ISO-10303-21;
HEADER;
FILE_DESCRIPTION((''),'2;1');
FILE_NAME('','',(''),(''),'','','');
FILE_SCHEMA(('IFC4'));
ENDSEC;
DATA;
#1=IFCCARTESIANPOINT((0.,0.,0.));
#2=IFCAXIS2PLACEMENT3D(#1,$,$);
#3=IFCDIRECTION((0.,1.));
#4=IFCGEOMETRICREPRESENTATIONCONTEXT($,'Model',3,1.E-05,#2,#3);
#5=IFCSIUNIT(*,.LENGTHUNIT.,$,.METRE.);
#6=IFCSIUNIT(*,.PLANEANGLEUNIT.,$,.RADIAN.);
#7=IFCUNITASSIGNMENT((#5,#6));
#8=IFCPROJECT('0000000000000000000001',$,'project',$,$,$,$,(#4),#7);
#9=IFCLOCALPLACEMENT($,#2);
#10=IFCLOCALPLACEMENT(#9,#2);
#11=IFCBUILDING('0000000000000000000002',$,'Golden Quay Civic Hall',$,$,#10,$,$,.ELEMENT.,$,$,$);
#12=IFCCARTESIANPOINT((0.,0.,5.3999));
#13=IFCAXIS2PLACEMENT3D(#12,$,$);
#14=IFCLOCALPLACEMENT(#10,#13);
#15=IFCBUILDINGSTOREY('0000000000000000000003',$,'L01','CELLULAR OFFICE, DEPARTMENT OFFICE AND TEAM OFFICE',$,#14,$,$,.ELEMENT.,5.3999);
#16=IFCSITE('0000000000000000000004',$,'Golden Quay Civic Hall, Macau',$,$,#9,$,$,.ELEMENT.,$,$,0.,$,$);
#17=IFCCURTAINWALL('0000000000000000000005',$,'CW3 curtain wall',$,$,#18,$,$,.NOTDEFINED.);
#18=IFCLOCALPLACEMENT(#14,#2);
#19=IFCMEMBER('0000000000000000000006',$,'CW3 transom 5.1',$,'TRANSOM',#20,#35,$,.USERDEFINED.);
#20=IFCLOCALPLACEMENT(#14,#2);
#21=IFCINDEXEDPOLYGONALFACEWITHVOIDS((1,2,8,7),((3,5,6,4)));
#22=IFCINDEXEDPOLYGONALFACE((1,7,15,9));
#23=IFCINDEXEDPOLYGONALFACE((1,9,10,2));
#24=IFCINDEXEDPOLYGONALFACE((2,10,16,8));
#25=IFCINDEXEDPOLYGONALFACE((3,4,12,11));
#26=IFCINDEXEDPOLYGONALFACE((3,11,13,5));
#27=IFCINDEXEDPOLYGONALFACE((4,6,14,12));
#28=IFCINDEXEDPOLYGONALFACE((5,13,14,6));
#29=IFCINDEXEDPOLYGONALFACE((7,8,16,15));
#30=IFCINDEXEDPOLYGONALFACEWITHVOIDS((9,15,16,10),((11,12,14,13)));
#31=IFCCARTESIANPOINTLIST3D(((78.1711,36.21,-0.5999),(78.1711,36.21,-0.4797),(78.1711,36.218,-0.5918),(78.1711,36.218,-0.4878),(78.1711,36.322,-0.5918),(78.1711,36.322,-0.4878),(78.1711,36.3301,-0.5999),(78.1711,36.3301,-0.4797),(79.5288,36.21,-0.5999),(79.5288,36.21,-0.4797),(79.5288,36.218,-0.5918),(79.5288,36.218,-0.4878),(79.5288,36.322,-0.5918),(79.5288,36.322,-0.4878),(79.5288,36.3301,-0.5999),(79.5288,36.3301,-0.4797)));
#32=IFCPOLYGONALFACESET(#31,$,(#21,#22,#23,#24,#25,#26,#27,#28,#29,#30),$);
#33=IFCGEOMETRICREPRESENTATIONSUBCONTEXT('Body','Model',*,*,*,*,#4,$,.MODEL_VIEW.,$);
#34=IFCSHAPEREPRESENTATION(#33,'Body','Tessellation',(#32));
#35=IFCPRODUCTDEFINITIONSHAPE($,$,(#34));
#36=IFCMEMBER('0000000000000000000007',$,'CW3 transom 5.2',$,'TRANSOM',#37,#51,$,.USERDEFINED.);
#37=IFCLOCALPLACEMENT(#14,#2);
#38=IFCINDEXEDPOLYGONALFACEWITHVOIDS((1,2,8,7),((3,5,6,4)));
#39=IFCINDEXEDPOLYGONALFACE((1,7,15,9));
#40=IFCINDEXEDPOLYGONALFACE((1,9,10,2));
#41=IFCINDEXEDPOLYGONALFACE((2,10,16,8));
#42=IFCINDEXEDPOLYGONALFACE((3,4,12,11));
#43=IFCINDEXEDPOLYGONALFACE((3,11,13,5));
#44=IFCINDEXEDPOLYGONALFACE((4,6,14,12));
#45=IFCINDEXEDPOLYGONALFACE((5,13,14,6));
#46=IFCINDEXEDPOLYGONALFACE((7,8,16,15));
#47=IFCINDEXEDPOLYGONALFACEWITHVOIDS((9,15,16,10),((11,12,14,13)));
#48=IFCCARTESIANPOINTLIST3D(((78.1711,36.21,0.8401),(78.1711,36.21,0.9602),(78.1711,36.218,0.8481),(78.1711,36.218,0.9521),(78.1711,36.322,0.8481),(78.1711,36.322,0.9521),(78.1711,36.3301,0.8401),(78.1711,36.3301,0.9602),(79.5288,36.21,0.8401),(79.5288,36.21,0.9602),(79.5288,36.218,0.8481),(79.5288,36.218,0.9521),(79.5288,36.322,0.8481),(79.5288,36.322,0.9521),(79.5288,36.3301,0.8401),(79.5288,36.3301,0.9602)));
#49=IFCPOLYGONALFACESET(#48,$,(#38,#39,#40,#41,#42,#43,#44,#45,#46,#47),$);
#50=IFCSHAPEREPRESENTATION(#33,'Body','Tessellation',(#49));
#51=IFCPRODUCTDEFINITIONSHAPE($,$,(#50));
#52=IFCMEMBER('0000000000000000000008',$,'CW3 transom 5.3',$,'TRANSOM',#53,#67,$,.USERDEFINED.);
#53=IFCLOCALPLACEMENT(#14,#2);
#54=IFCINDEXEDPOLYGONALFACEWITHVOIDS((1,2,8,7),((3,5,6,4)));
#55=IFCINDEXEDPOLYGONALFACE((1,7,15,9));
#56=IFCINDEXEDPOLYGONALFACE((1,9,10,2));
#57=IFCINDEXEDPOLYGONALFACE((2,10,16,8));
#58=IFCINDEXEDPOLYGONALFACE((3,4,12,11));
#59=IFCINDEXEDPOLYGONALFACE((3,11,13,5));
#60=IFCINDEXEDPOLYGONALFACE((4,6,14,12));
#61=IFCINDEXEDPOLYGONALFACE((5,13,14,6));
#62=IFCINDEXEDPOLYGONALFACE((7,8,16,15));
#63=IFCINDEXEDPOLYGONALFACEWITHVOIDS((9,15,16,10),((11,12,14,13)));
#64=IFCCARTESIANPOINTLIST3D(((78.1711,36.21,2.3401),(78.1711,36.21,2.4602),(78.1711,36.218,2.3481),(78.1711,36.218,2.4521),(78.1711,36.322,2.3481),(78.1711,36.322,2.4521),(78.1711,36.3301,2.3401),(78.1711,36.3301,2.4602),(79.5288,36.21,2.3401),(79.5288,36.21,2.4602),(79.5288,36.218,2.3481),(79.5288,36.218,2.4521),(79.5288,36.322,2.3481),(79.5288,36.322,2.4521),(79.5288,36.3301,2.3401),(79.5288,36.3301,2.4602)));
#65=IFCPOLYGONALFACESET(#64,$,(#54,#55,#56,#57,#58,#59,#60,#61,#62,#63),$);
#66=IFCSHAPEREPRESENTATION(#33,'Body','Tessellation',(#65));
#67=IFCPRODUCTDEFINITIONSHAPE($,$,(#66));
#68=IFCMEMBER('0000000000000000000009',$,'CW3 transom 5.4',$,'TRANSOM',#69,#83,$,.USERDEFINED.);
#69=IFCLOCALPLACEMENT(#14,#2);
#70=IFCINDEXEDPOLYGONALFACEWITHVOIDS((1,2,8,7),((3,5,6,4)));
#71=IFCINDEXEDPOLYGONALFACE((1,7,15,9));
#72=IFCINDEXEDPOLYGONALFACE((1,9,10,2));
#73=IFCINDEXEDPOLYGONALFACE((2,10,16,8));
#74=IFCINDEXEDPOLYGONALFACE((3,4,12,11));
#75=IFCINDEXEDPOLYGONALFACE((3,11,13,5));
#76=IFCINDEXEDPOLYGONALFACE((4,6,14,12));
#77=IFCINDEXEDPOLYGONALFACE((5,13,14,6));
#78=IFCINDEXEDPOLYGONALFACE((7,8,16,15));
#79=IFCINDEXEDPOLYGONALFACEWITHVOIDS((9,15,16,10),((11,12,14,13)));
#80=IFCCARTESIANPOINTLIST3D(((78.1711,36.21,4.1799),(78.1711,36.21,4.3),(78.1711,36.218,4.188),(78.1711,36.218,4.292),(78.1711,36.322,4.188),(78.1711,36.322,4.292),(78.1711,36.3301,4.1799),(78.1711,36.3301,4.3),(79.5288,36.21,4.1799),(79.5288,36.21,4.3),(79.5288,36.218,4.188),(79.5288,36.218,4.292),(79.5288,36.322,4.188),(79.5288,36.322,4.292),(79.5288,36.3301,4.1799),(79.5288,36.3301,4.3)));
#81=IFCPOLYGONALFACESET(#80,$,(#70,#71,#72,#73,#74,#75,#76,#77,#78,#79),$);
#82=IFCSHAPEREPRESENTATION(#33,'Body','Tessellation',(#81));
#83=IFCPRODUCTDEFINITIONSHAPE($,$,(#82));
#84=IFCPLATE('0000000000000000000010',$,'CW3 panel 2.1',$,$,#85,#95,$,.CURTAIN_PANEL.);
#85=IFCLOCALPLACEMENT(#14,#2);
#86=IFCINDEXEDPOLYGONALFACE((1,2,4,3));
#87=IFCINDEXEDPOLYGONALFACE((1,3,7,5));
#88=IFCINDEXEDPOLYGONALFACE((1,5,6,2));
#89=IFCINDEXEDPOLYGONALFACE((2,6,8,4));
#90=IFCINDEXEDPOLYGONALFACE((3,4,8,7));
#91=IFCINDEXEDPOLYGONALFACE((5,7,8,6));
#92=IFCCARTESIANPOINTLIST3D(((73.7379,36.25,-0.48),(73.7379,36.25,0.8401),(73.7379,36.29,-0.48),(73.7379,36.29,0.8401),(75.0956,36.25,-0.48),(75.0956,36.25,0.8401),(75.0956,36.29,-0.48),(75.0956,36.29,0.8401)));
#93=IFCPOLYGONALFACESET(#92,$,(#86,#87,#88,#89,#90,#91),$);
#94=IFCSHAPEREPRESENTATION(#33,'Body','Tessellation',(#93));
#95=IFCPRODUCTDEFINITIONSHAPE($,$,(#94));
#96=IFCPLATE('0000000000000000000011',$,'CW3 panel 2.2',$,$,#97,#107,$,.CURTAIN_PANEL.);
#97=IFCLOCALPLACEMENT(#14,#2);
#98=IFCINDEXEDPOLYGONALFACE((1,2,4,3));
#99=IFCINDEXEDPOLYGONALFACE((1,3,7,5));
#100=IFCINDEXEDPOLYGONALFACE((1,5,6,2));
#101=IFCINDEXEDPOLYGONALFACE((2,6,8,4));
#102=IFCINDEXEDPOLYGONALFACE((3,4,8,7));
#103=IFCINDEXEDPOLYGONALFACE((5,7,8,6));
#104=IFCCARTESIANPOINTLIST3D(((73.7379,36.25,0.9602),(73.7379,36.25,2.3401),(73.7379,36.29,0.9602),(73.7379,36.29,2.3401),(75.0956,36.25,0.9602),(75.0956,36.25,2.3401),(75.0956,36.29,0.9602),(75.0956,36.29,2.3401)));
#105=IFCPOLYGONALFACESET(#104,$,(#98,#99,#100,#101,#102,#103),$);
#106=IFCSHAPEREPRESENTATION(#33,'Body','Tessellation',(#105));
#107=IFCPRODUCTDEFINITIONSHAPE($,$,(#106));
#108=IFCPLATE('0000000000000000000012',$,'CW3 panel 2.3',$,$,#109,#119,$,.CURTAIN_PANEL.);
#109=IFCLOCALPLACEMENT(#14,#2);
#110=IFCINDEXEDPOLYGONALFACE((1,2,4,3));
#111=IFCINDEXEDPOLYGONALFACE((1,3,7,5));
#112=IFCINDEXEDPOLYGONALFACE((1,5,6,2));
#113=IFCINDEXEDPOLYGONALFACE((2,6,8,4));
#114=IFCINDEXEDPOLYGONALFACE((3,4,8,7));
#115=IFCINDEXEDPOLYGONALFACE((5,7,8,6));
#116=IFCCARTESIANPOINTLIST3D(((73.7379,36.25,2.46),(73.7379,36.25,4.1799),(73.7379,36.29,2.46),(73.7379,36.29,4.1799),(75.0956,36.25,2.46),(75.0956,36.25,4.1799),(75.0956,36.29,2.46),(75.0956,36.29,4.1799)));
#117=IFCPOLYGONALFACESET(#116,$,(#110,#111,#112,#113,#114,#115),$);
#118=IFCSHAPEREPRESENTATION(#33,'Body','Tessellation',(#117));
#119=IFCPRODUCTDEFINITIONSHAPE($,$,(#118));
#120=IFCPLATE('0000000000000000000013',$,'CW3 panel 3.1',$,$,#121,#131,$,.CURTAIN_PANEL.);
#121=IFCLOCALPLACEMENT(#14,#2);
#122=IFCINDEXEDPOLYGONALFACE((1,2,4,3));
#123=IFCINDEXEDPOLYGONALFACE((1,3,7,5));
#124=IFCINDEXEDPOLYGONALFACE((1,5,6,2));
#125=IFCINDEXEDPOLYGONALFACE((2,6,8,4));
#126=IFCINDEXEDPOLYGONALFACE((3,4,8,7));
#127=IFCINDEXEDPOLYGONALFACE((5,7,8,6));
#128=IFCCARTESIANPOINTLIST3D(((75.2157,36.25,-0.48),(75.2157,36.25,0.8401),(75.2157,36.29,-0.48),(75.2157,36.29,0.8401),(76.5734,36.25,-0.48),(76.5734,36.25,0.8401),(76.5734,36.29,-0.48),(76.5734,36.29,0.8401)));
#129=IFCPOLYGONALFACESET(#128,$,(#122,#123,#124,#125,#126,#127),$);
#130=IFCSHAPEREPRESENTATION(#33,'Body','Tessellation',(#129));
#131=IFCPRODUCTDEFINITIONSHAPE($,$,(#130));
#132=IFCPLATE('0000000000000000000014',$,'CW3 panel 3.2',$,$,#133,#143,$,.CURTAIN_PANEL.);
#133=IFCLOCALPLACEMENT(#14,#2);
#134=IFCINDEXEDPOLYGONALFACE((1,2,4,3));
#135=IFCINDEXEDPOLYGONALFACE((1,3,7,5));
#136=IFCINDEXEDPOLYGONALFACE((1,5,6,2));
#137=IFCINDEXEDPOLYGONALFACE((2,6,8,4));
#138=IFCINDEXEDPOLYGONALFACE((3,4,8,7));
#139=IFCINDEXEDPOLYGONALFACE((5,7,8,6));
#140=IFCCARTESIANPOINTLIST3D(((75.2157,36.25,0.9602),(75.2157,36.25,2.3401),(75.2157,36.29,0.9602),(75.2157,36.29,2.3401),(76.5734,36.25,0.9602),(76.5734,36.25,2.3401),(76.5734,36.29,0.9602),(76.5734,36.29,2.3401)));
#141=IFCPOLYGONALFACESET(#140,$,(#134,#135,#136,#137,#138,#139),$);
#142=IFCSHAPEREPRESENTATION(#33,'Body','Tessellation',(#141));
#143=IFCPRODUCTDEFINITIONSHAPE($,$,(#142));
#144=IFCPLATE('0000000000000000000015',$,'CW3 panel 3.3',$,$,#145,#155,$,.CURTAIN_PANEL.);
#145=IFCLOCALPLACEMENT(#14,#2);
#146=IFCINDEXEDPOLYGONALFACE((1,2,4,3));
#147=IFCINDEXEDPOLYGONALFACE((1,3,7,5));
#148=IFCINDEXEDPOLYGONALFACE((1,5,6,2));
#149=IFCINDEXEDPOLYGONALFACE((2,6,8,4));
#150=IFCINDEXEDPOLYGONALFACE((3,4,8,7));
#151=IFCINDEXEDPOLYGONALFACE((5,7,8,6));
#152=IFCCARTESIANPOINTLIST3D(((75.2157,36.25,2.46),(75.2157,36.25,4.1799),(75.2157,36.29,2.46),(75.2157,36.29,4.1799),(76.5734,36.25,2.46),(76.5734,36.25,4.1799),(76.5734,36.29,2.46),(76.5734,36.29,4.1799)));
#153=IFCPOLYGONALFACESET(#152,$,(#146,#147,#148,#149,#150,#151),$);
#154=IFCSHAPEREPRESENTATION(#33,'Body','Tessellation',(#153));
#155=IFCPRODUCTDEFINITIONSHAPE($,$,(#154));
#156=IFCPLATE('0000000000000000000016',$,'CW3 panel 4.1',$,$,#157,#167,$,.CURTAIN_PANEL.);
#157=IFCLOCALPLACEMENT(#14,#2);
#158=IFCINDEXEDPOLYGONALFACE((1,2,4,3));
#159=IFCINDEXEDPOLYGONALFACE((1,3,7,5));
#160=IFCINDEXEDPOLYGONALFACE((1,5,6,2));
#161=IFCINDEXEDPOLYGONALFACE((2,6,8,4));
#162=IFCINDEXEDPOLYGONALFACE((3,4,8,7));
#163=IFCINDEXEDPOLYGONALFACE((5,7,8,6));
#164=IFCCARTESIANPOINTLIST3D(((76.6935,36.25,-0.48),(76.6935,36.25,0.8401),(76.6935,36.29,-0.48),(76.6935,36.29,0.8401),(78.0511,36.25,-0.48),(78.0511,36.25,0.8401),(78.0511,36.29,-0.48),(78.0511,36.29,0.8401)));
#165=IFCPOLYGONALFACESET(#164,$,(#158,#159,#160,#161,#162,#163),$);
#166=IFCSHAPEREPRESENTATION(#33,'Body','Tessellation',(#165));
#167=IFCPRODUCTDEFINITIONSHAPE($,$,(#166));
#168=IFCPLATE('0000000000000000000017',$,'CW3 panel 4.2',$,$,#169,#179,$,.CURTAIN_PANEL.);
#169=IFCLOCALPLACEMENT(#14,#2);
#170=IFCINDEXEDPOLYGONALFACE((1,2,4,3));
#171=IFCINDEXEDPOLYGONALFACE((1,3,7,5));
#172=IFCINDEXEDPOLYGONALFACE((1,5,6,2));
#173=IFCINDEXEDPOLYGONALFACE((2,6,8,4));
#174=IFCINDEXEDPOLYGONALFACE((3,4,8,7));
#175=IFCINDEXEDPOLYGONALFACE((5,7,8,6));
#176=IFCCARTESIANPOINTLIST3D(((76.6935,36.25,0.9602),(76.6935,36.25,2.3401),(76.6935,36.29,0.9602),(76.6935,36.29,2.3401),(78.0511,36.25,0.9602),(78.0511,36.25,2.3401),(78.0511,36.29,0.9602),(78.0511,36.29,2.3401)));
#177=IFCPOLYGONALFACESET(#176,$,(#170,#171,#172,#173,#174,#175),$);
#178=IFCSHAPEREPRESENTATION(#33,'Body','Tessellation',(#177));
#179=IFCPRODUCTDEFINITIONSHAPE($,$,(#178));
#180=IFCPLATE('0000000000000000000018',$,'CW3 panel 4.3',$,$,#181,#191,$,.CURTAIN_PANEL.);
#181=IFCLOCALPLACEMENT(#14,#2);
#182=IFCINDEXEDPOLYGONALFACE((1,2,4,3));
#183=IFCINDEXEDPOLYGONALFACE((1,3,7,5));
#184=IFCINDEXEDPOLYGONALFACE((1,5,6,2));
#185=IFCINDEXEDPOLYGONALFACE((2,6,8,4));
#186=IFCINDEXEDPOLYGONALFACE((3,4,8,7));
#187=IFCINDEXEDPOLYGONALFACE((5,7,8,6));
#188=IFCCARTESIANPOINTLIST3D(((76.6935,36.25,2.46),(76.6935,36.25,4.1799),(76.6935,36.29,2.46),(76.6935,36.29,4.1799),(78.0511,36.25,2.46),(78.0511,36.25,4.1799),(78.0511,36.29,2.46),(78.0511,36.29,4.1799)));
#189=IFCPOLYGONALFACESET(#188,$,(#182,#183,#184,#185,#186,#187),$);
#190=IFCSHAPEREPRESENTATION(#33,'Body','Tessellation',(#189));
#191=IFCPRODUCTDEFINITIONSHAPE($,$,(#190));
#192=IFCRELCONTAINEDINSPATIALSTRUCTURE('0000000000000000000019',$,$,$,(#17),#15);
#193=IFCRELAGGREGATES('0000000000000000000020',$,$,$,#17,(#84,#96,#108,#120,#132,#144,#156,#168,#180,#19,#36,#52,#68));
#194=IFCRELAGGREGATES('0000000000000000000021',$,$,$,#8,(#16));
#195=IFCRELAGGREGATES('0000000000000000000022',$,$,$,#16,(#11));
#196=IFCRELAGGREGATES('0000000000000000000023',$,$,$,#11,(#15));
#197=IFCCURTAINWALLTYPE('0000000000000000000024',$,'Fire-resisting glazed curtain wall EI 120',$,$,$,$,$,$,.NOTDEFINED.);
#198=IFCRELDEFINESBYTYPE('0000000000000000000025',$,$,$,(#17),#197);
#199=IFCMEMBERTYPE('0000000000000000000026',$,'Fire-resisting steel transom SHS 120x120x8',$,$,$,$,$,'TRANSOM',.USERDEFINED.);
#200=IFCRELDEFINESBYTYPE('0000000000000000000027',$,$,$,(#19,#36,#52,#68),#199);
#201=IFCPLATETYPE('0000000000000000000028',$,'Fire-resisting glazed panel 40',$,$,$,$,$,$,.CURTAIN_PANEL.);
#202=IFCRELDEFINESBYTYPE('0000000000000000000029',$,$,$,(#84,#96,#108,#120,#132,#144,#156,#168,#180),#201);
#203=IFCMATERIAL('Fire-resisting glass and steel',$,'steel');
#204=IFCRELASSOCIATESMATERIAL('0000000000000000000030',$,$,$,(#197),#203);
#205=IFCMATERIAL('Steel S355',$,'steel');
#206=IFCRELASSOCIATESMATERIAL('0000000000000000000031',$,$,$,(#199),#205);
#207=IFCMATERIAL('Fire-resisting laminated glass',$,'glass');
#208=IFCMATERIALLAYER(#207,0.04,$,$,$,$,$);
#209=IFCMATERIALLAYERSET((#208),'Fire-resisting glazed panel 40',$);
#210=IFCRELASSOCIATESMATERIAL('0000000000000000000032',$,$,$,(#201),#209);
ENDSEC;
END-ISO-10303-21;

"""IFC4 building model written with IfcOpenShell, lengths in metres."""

from ifc_helpers import new_model, si_unit, direction, frame, origin, origin_2d, place, context, subcontext, project, spatial, rectangle, hollow_rectangle, extrude, material, layer, layer_set, material_profile, profile_set, type_object, element, aggregate, save


model = new_model("IFC4")

# Units and contexts
model_context = context("Model", 3, precision=1e-05, world=origin(), true_north=direction((0.0, 1.0)))
body_context = subcontext(model_context, "Body", "Model", "MODEL_VIEW")
ifc_project = project(units=[si_unit("LENGTHUNIT", "METRE"), si_unit("PLANEANGLEUNIT", "RADIAN")], contexts=[model_context])

# Site, building, storey
site_placement = place(None, origin())
site = spatial("IfcSite", under=ifc_project, at=site_placement, Name="Golden Quay Civic Hall, Macau", CompositionType="ELEMENT", RefElevation=0.0)
building_placement = place(site_placement, origin())
building = spatial("IfcBuilding", under=site, at=building_placement, Name="Golden Quay Civic Hall", CompositionType="ELEMENT")
storey_placement = place(building_placement, frame((0.0, 0.0, 5.3999)))
storey = spatial("IfcBuildingStorey", under=building, at=storey_placement, Name="L01", Description="CELLULAR OFFICE, DEPARTMENT OFFICE AND TEAM OFFICE", CompositionType="ELEMENT", Elevation=5.3999)

# Curtain wall, members, plates
ifc_material_1 = material(Name="Fire-resisting glass and steel", Category="steel")
curtain_wall_type = type_object("IfcCurtainWallType", Name="Fire-resisting glazed curtain wall EI 120", PredefinedType="NOTDEFINED", material=ifc_material_1)
curtain_wall_placement = place(storey_placement, origin())
curtain_wall = element("IfcCurtainWall", 1, at=curtain_wall_placement, inside=storey, type_object=curtain_wall_type, Name="CW3 curtain wall", PredefinedType="NOTDEFINED")
ifc_material_2 = material(Name="Steel S355", Category="steel")
ifc_material_profile_1 = material_profile(ifc_material_2, hollow_rectangle(XDim=0.1201, YDim=0.1201, WallThickness=0.0081, at=origin_2d()), Name="SHS 120x120x8")
ifc_profile_set_1 = profile_set([ifc_material_profile_1], Name="Steel S355")
member_type_1 = type_object("IfcMemberType", Name="Fire-resisting steel transom SHS 120x120x8", ElementType="TRANSOM", PredefinedType="USERDEFINED", material=ifc_profile_set_1)
member_1_placement = place(storey_placement, frame((78.1711, 36.27, -0.5398), z_axis=(1.0, 0.0, 0.0), x_axis=(0.0, 1.0, 0.0)))
member_1 = element("IfcMember", 2, at=member_1_placement, type_object=member_type_1, Name="CW3 transom 5.1", ObjectType="TRANSOM", PredefinedType="USERDEFINED", context=body_context, shape_type="SweptSolid", body=[
    extrude(hollow_rectangle(XDim=0.1201, YDim=0.1201, WallThickness=0.0081, at=origin_2d()), origin(), (0.0, 0.0, 1.0), 1.3577),
])
member_2_placement = place(storey_placement, frame((78.1711, 36.27, 0.9001), z_axis=(1.0, 0.0, 0.0), x_axis=(0.0, 1.0, 0.0)))
member_2 = element("IfcMember", 3, at=member_2_placement, type_object=member_type_1, Name="CW3 transom 5.2", ObjectType="TRANSOM", PredefinedType="USERDEFINED", context=body_context, shape_type="SweptSolid", body=[
    extrude(hollow_rectangle(XDim=0.1201, YDim=0.1201, WallThickness=0.0081, at=origin_2d()), origin(), (0.0, 0.0, 1.0), 1.3577),
])
member_3_placement = place(storey_placement, frame((78.1711, 36.27, 2.4001), z_axis=(1.0, 0.0, 0.0), x_axis=(0.0, 1.0, 0.0)))
member_3 = element("IfcMember", 4, at=member_3_placement, type_object=member_type_1, Name="CW3 transom 5.3", ObjectType="TRANSOM", PredefinedType="USERDEFINED", context=body_context, shape_type="SweptSolid", body=[
    extrude(hollow_rectangle(XDim=0.1201, YDim=0.1201, WallThickness=0.0081, at=origin_2d()), origin(), (0.0, 0.0, 1.0), 1.3577),
])
member_4_placement = place(storey_placement, frame((78.1711, 36.27, 4.24), z_axis=(1.0, 0.0, 0.0), x_axis=(0.0, 1.0, 0.0)))
member_4 = element("IfcMember", 5, at=member_4_placement, type_object=member_type_1, Name="CW3 transom 5.4", ObjectType="TRANSOM", PredefinedType="USERDEFINED", context=body_context, shape_type="SweptSolid", body=[
    extrude(hollow_rectangle(XDim=0.1201, YDim=0.1201, WallThickness=0.0081, at=origin_2d()), origin(), (0.0, 0.0, 1.0), 1.3577),
])
ifc_material_3 = material(Name="Fire-resisting laminated glass", Category="glass")
ifc_layer = layer(ifc_material_3, 0.04)
ifc_layer_set = layer_set([ifc_layer], Name="Fire-resisting glazed panel 40")
plate_type = type_object("IfcPlateType", Name="Fire-resisting glazed panel 40", PredefinedType="CURTAIN_PANEL", material=ifc_layer_set)
plate_1_placement = place(storey_placement, frame((74.4167, 36.27, -0.48), z_axis=(0.0, 0.0, 1.0), x_axis=(1.0, 0.0, 0.0)))
plate_1 = element("IfcPlate", 6, at=plate_1_placement, type_object=plate_type, Name="CW3 panel 2.1", PredefinedType="CURTAIN_PANEL", context=body_context, shape_type="SweptSolid", body=[
    extrude(rectangle(XDim=1.3577, YDim=0.04, at=origin_2d()), origin(), (0.0, 0.0, 1.0), 1.3201),
])
plate_2_placement = place(storey_placement, frame((74.4167, 36.27, 0.9602), z_axis=(0.0, 0.0, 1.0), x_axis=(1.0, 0.0, 0.0)))
plate_2 = element("IfcPlate", 7, at=plate_2_placement, type_object=plate_type, Name="CW3 panel 2.2", PredefinedType="CURTAIN_PANEL", context=body_context, shape_type="SweptSolid", body=[
    extrude(rectangle(XDim=1.3577, YDim=0.04, at=origin_2d()), origin(), (0.0, 0.0, 1.0), 1.3799),
])
plate_3_placement = place(storey_placement, frame((74.4167, 36.27, 2.46), z_axis=(0.0, 0.0, 1.0), x_axis=(1.0, 0.0, 0.0)))
plate_3 = element("IfcPlate", 8, at=plate_3_placement, type_object=plate_type, Name="CW3 panel 2.3", PredefinedType="CURTAIN_PANEL", context=body_context, shape_type="SweptSolid", body=[
    extrude(rectangle(XDim=1.3577, YDim=0.04, at=origin_2d()), origin(), (0.0, 0.0, 1.0), 1.72),
])
plate_4_placement = place(storey_placement, frame((75.8945, 36.27, -0.48), z_axis=(0.0, 0.0, 1.0), x_axis=(1.0, 0.0, 0.0)))
plate_4 = element("IfcPlate", 9, at=plate_4_placement, type_object=plate_type, Name="CW3 panel 3.1", PredefinedType="CURTAIN_PANEL", context=body_context, shape_type="SweptSolid", body=[
    extrude(rectangle(XDim=1.3577, YDim=0.04, at=origin_2d()), origin(), (0.0, 0.0, 1.0), 1.3201),
])
plate_5_placement = place(storey_placement, frame((75.8945, 36.27, 0.9602), z_axis=(0.0, 0.0, 1.0), x_axis=(1.0, 0.0, 0.0)))
plate_5 = element("IfcPlate", 10, at=plate_5_placement, type_object=plate_type, Name="CW3 panel 3.2", PredefinedType="CURTAIN_PANEL", context=body_context, shape_type="SweptSolid", body=[
    extrude(rectangle(XDim=1.3577, YDim=0.04, at=origin_2d()), origin(), (0.0, 0.0, 1.0), 1.3799),
])
plate_6_placement = place(storey_placement, frame((75.8945, 36.27, 2.46), z_axis=(0.0, 0.0, 1.0), x_axis=(1.0, 0.0, 0.0)))
plate_6 = element("IfcPlate", 11, at=plate_6_placement, type_object=plate_type, Name="CW3 panel 3.3", PredefinedType="CURTAIN_PANEL", context=body_context, shape_type="SweptSolid", body=[
    extrude(rectangle(XDim=1.3577, YDim=0.04, at=origin_2d()), origin(), (0.0, 0.0, 1.0), 1.72),
])
plate_7_placement = place(storey_placement, frame((77.3723, 36.27, -0.48), z_axis=(0.0, 0.0, 1.0), x_axis=(1.0, 0.0, 0.0)))
plate_7 = element("IfcPlate", 12, at=plate_7_placement, type_object=plate_type, Name="CW3 panel 4.1", PredefinedType="CURTAIN_PANEL", context=body_context, shape_type="SweptSolid", body=[
    extrude(rectangle(XDim=1.3577, YDim=0.04, at=origin_2d()), origin(), (0.0, 0.0, 1.0), 1.3201),
])
plate_8_placement = place(storey_placement, frame((77.3723, 36.27, 0.9602), z_axis=(0.0, 0.0, 1.0), x_axis=(1.0, 0.0, 0.0)))
plate_8 = element("IfcPlate", 13, at=plate_8_placement, type_object=plate_type, Name="CW3 panel 4.2", PredefinedType="CURTAIN_PANEL", context=body_context, shape_type="SweptSolid", body=[
    extrude(rectangle(XDim=1.3577, YDim=0.04, at=origin_2d()), origin(), (0.0, 0.0, 1.0), 1.3799),
])
plate_9_placement = place(storey_placement, frame((77.3723, 36.27, 2.46), z_axis=(0.0, 0.0, 1.0), x_axis=(1.0, 0.0, 0.0)))
plate_9 = element("IfcPlate", 14, at=plate_9_placement, type_object=plate_type, Name="CW3 panel 4.3", PredefinedType="CURTAIN_PANEL", context=body_context, shape_type="SweptSolid", body=[
    extrude(rectangle(XDim=1.3577, YDim=0.04, at=origin_2d()), origin(), (0.0, 0.0, 1.0), 1.72),
])
aggregate(curtain_wall, [plate_1, plate_2, plate_3, plate_4, plate_5, plate_6, plate_7, plate_8, plate_9, member_1, member_2, member_3, member_4])

save(model, "model.ifc")
